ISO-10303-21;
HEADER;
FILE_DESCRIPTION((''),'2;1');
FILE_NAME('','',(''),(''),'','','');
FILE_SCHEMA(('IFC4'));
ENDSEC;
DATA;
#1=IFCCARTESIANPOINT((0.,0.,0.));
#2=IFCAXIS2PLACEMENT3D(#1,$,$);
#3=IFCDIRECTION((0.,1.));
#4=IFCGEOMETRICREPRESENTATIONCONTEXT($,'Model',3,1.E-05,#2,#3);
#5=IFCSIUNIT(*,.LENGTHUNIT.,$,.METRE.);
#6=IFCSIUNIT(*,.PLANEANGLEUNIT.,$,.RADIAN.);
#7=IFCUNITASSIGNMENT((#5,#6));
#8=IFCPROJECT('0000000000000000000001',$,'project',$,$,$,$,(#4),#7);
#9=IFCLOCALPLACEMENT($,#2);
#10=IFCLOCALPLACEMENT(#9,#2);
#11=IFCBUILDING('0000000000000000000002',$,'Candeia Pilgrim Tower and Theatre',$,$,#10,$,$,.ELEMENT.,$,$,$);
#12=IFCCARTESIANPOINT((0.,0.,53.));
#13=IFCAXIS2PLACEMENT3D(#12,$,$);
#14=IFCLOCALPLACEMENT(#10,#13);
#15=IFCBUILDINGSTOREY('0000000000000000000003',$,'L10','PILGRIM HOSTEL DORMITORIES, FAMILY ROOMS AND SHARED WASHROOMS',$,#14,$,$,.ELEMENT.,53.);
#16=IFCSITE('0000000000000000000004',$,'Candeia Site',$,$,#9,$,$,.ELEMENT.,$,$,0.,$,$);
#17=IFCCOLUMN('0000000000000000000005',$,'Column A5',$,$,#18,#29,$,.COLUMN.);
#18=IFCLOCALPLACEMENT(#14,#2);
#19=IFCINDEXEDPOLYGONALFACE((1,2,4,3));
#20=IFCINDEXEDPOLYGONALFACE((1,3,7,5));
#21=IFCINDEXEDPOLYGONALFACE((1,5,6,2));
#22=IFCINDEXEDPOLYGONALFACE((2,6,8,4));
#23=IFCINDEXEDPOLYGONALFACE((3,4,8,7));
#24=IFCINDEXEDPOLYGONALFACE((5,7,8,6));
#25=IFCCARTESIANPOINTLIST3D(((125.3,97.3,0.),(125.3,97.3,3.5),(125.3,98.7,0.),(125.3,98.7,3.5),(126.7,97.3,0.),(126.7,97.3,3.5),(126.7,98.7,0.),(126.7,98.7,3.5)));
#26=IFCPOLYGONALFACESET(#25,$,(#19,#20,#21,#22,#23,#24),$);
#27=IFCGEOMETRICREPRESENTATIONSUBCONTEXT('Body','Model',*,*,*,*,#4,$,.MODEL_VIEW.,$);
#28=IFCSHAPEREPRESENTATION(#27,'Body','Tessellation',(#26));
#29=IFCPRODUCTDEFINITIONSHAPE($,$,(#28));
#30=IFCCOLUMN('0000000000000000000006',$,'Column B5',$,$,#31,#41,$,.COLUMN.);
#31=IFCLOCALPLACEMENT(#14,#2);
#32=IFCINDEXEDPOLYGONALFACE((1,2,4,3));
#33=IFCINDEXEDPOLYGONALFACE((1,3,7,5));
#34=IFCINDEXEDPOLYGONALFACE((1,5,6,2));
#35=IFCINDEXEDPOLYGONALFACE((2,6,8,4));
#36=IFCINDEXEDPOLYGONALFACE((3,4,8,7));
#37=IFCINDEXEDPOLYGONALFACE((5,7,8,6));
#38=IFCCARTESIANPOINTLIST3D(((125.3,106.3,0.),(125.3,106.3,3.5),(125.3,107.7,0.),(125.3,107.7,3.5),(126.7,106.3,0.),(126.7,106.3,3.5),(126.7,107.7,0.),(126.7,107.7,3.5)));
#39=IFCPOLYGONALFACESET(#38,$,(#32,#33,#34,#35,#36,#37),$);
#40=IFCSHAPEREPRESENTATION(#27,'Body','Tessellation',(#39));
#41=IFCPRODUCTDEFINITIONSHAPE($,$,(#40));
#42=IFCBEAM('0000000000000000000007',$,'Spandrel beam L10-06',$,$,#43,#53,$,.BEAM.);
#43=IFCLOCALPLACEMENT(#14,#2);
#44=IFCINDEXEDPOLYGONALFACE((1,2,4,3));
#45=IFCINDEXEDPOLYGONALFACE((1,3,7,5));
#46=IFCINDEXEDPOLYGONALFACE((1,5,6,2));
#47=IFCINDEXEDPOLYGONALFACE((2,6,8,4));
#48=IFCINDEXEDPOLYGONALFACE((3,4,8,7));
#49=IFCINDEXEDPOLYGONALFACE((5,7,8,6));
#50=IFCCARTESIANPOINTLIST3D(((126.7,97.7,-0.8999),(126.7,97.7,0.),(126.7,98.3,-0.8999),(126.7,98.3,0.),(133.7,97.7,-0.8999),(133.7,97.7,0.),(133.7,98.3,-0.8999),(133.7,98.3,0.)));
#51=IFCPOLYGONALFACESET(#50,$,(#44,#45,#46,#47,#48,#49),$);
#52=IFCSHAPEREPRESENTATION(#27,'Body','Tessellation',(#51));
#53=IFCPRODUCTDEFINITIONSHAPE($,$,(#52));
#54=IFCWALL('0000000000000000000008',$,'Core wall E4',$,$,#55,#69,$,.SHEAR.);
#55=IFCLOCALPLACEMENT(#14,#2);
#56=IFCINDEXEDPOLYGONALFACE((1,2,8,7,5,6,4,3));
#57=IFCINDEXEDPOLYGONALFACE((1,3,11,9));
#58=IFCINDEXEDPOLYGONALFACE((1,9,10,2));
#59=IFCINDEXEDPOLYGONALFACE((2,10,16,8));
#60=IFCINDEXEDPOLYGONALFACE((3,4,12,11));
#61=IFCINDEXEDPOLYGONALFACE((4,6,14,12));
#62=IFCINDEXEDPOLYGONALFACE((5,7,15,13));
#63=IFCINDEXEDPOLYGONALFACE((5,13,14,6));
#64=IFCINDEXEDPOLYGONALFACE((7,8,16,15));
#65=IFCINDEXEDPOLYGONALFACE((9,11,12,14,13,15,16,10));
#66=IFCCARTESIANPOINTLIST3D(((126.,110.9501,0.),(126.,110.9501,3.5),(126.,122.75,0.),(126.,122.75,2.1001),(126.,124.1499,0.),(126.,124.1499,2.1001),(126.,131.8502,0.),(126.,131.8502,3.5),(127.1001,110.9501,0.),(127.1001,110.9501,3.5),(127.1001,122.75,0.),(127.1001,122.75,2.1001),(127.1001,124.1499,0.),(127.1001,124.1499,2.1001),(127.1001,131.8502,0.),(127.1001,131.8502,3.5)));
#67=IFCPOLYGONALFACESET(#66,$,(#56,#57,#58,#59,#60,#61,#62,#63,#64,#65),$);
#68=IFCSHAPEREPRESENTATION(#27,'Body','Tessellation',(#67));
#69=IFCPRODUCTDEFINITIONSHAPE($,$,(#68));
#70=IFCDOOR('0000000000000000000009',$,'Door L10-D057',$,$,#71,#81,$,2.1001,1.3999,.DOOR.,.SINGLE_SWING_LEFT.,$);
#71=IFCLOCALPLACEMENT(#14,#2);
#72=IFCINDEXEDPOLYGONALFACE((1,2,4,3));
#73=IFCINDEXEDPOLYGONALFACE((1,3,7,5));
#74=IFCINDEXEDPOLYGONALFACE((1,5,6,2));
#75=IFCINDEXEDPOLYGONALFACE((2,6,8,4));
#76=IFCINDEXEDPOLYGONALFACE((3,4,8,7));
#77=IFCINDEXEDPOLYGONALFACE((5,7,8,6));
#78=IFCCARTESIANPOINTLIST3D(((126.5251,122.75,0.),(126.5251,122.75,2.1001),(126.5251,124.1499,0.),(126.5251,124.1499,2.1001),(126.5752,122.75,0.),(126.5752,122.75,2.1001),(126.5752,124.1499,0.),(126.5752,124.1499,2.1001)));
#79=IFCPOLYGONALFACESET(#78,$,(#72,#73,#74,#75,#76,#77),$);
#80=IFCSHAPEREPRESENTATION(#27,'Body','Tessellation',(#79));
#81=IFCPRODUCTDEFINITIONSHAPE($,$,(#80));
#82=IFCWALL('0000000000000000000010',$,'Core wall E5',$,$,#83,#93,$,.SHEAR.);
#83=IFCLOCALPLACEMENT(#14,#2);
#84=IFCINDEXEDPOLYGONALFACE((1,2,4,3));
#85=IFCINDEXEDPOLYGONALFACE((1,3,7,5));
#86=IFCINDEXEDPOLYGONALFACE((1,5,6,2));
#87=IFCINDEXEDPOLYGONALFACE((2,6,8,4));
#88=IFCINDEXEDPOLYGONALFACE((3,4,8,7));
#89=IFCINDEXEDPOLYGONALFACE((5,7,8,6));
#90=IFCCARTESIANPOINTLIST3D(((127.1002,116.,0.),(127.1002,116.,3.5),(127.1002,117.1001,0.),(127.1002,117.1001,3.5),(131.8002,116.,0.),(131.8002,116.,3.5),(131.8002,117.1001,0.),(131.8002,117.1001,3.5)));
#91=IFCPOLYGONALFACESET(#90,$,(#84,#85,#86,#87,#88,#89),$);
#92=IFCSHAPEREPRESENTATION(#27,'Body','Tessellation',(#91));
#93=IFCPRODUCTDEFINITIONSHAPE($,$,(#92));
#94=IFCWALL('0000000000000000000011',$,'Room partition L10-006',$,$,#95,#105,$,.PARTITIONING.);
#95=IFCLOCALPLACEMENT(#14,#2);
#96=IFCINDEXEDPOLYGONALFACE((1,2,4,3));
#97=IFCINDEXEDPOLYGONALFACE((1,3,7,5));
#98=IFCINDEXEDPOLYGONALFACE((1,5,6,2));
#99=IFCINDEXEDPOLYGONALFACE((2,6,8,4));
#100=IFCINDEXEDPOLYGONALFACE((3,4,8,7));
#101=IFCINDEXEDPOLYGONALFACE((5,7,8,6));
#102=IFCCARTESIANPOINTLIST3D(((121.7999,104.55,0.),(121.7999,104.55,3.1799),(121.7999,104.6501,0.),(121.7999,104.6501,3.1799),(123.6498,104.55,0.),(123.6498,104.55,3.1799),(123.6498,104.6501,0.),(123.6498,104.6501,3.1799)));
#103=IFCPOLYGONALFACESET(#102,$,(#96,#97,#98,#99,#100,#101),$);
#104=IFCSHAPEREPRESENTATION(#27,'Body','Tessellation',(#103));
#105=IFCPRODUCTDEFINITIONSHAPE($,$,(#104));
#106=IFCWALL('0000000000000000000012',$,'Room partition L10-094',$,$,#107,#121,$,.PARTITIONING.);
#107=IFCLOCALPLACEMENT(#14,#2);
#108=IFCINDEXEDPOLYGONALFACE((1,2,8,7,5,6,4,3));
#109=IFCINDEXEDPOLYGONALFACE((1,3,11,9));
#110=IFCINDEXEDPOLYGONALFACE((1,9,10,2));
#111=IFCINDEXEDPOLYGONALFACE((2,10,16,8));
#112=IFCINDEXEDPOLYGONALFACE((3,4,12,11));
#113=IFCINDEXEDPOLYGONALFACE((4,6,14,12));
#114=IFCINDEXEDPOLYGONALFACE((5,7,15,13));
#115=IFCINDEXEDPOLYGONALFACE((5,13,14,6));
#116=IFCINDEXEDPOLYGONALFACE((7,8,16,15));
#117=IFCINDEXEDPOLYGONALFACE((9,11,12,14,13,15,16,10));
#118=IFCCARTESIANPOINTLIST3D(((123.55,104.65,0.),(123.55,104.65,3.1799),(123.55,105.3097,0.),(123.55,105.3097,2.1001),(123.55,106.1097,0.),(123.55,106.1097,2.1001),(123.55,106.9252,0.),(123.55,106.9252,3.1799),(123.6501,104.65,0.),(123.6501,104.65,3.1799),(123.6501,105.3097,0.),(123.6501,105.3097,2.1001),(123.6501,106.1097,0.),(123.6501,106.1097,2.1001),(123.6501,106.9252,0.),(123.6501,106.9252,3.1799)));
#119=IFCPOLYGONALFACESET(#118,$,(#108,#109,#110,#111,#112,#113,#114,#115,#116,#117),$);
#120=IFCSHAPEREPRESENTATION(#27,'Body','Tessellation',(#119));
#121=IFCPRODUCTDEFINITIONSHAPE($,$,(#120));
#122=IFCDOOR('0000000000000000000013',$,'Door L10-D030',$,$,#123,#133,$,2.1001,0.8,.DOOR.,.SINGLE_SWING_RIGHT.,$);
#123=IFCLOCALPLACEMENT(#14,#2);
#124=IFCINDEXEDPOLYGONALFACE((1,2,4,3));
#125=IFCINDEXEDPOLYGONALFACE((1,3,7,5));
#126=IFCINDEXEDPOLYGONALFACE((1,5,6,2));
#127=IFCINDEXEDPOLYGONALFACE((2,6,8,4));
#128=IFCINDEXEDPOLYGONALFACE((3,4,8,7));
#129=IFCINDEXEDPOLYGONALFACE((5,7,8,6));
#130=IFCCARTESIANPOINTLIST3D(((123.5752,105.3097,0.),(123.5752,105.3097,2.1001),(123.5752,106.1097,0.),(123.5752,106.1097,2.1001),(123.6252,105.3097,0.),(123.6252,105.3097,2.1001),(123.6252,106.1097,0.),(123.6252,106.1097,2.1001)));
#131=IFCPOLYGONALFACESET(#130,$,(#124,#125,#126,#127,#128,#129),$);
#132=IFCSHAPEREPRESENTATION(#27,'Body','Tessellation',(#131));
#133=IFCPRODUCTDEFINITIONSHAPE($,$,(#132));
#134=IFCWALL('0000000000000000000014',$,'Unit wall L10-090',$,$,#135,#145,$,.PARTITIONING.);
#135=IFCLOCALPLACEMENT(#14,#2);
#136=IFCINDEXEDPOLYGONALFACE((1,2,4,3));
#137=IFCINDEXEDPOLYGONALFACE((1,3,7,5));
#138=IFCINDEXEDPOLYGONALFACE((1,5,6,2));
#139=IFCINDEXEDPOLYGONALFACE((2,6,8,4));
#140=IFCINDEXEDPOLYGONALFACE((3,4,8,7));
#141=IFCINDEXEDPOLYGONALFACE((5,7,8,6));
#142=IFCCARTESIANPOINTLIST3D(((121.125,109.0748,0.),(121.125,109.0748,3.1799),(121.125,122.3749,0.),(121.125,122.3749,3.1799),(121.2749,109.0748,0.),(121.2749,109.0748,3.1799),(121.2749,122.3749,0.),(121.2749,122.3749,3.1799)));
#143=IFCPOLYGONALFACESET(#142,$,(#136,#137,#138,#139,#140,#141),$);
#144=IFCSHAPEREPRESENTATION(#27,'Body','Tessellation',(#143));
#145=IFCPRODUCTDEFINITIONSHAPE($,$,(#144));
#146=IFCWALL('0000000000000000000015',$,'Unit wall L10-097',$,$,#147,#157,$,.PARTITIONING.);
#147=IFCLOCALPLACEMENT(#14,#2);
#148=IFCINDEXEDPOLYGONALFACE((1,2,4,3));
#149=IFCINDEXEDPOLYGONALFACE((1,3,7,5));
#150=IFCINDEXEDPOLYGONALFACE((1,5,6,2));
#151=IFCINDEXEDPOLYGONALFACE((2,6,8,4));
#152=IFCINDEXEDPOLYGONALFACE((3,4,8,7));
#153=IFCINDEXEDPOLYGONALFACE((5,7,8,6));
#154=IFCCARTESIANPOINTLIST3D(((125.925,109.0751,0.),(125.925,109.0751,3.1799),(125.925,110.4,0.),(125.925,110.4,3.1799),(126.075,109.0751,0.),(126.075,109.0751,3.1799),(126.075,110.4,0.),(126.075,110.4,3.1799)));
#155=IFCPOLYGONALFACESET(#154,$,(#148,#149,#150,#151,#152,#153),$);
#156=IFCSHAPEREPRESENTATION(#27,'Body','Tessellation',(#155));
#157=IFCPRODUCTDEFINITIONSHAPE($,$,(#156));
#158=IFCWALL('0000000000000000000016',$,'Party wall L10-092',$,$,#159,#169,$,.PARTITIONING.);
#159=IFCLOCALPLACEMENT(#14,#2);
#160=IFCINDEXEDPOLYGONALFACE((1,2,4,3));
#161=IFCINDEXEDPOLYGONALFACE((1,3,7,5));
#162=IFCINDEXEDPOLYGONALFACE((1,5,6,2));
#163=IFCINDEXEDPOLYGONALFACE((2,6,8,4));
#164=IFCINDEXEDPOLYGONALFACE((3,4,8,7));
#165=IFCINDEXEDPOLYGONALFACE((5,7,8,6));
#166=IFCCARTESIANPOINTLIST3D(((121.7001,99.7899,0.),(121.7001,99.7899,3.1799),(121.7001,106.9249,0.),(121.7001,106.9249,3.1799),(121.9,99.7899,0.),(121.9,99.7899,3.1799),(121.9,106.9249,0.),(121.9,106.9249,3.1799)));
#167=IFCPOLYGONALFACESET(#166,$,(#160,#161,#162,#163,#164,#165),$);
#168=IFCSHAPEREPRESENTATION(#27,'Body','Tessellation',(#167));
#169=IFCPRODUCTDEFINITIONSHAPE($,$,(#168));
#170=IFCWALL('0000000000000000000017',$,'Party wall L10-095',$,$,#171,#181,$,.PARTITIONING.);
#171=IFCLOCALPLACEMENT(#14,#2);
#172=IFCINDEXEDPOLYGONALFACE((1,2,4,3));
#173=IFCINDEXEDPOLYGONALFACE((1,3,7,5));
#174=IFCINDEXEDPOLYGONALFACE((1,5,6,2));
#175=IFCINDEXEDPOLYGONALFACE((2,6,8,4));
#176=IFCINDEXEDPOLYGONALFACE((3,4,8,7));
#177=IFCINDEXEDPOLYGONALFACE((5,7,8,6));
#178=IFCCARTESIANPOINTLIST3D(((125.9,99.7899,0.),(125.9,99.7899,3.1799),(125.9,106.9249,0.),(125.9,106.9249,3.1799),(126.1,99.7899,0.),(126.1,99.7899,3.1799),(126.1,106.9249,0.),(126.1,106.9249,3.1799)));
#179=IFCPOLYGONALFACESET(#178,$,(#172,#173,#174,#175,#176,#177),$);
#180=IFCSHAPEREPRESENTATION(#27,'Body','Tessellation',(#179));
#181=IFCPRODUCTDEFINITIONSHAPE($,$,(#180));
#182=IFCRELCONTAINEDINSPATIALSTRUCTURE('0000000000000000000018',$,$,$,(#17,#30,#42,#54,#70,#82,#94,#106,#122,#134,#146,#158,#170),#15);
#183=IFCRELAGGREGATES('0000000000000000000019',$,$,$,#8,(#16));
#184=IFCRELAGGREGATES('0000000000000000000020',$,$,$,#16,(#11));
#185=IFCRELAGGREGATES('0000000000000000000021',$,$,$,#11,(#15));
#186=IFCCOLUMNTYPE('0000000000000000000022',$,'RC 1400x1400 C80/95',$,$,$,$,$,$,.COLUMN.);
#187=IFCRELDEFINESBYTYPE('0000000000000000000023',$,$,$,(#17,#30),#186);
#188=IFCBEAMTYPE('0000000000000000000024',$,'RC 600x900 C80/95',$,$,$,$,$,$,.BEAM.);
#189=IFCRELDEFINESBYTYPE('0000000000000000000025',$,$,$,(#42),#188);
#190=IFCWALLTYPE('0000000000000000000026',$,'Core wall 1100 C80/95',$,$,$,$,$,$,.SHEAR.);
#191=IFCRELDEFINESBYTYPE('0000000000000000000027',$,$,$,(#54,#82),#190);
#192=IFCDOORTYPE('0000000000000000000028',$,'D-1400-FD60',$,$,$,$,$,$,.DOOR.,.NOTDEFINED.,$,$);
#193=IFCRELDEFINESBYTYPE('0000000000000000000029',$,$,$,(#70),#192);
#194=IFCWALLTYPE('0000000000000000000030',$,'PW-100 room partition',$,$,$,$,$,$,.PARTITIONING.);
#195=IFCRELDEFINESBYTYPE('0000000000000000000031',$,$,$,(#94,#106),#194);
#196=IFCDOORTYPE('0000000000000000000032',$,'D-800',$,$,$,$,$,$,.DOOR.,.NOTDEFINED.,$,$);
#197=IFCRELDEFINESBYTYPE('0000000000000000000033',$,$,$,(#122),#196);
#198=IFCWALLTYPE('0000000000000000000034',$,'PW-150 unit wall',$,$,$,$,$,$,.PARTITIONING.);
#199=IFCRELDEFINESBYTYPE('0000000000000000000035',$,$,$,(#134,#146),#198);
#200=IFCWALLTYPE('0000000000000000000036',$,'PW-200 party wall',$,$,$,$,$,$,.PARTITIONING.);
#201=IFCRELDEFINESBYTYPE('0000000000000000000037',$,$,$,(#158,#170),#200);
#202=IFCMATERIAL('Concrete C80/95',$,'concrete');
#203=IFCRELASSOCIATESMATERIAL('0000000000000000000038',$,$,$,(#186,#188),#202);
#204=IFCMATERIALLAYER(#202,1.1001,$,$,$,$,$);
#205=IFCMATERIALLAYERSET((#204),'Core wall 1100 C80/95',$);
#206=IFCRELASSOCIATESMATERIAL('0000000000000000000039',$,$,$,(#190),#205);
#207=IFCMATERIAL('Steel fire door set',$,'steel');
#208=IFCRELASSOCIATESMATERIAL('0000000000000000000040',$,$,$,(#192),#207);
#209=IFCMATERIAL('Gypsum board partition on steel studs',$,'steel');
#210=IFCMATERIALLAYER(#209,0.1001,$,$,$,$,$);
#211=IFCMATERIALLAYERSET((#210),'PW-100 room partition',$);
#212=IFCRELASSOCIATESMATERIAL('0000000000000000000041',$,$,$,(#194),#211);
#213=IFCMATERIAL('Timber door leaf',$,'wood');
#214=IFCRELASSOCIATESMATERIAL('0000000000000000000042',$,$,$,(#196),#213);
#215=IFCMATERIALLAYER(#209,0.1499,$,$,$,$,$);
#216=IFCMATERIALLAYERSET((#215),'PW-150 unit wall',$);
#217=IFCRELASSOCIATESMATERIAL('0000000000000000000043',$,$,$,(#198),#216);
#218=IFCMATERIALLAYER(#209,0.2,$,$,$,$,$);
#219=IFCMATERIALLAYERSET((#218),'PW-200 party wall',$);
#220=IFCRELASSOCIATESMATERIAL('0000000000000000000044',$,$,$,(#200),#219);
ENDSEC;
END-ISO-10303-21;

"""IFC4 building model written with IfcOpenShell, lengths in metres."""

from ifc_helpers import new_model, si_unit, direction, frame, frame_2d, origin, origin_2d, place, context, subcontext, project, spatial, rectangle, extrude, material, layer, layer_set, material_profile, profile_set, type_object, element, fill, save


model = new_model("IFC4")

# Units and contexts
model_context = context("Model", 3, precision=1e-05, world=origin(), true_north=direction((0.0, 1.0)))
body_context = subcontext(model_context, "Body", "Model", "MODEL_VIEW")
ifc_project = project(units=[si_unit("LENGTHUNIT", "METRE"), si_unit("PLANEANGLEUNIT", "RADIAN")], contexts=[model_context])

# Site, building, storey
site_placement = place(None, origin())
site = spatial("IfcSite", under=ifc_project, at=site_placement, Name="Candeia Site", CompositionType="ELEMENT", RefElevation=0.0)
building_placement = place(site_placement, origin())
building = spatial("IfcBuilding", under=site, at=building_placement, Name="Candeia Pilgrim Tower and Theatre", CompositionType="ELEMENT")
storey_placement = place(building_placement, frame((0.0, 0.0, 53.0)))
storey = spatial("IfcBuildingStorey", under=building, at=storey_placement, Name="L10", Description="PILGRIM HOSTEL DORMITORIES, FAMILY ROOMS AND SHARED WASHROOMS", CompositionType="ELEMENT", Elevation=53.0)

# Columns
ifc_material_1 = material(Name="Concrete C80/95", Category="concrete")
ifc_material_profile_1 = material_profile(ifc_material_1, rectangle(XDim=1.3999, YDim=1.3999, at=origin_2d()))
ifc_profile_set_1 = profile_set([ifc_material_profile_1], Name="Concrete C80/95")
column_type = type_object("IfcColumnType", Name="RC 1400x1400 C80/95", PredefinedType="COLUMN", material=ifc_profile_set_1)
for number, where, z_axis, x_axis, name in (
    (1, (126.0, 98.0, 0.0), (0.0, 0.0, 1.0), (1.0, 0.0, 0.0), "Column A5"),
    (2, (126.0, 107.0, 0.0), (0.0, 0.0, 1.0), (1.0, 0.0, 0.0), "Column B5"),
):
    element("IfcColumn", number, at=place(storey_placement, frame(where, z_axis=z_axis, x_axis=x_axis)), inside=storey, type_object=column_type, Name=name, PredefinedType="COLUMN", context=body_context, shape_type="SweptSolid", body=[
        extrude(rectangle(XDim=1.3999, YDim=1.3999, at=origin_2d()), origin(), (0.0, 0.0, 1.0), 3.5),
    ])

# Beam
ifc_material_profile_2 = material_profile(ifc_material_1, rectangle(XDim=0.6001, YDim=0.8999, at=origin_2d()))
ifc_profile_set_2 = profile_set([ifc_material_profile_2], Name="Concrete C80/95")
beam_type = type_object("IfcBeamType", Name="RC 600x900 C80/95", PredefinedType="BEAM", material=ifc_profile_set_2)
beam_placement = place(storey_placement, frame((126.7, 98.0, -0.45), z_axis=(1.0, 0.0, 0.0), x_axis=(0.0, 1.0, 0.0)))
element("IfcBeam", 3, at=beam_placement, inside=storey, type_object=beam_type, Name="Spandrel beam L10-06", PredefinedType="BEAM", context=body_context, shape_type="SweptSolid", body=[
    extrude(rectangle(XDim=0.6001, YDim=0.8999, at=origin_2d()), origin(), (0.0, 0.0, 1.0), 7.0),
])

# Wall, opening, door
ifc_layer_1 = layer(ifc_material_1, 1.1001)
ifc_layer_set_1 = layer_set([ifc_layer_1], Name="Core wall 1100 C80/95")
wall_type_1 = type_object("IfcWallType", Name="Core wall 1100 C80/95", PredefinedType="SHEAR", material=ifc_layer_set_1)
wall_1_placement = place(storey_placement, frame((126.55, 110.95, 0.0), z_axis=(0.0, 0.0, 1.0), x_axis=(0.0, 1.0, 0.0)))
wall_1 = element("IfcWall", 4, at=wall_1_placement, inside=storey, type_object=wall_type_1, Name="Core wall E4", PredefinedType="SHEAR", context=body_context, shape_type="SweptSolid", body=[
    extrude(rectangle(XDim=20.9001, YDim=1.1001, at=frame_2d((10.4502, 0.0))), origin(), (0.0, 0.0, 1.0), 3.5),
])
opening_1_placement = place(wall_1_placement, frame((11.8, 0.0, 0.0)))
opening_1 = element("IfcOpeningElement", 5, at=opening_1_placement, cuts=wall_1, PredefinedType="OPENING", context=body_context, shape_type="SweptSolid", body=[
    extrude(rectangle(XDim=1.3999, YDim=2.1001, at=frame_2d((0.7, 1.05))), frame((0.0, 0.5601, 0.0), z_axis=(0.0, -1.0, 0.0), x_axis=(1.0, 0.0, 0.0)), (0.0, 0.0, 1.0), 1.1201),
])
ifc_material_2 = material(Name="Steel fire door set", Category="steel")
door_type_1 = type_object("IfcDoorType", Name="D-1400-FD60", OperationType="NOTDEFINED", PredefinedType="DOOR", material=ifc_material_2)
door_1_placement = place(opening_1_placement, origin())
door_1 = element("IfcDoor", 6, at=door_1_placement, inside=storey, type_object=door_type_1, Name="Door L10-D057", OperationType="SINGLE_SWING_LEFT", OverallHeight=2.1001, OverallWidth=1.3999, PredefinedType="DOOR", context=body_context, shape_type="SweptSolid", body=[
    extrude(rectangle(XDim=1.3999, YDim=2.1001, at=frame_2d((0.7, 1.05))), frame((0.0, 0.0249, 0.0), z_axis=(0.0, -1.0, 0.0), x_axis=(1.0, 0.0, 0.0)), (0.0, 0.0, 1.0), 0.05),
])
fill(opening_1, door_1)

# Walls
wall_2_placement = place(storey_placement, frame((127.1001, 116.55, 0.0), z_axis=(0.0, 0.0, 1.0), x_axis=(1.0, 0.0, 0.0)))
element("IfcWall", 7, at=wall_2_placement, inside=storey, type_object=wall_type_1, Name="Core wall E5", PredefinedType="SHEAR", context=body_context, shape_type="SweptSolid", body=[
    extrude(rectangle(XDim=4.7, YDim=1.1001, at=frame_2d((2.3501, 0.0))), origin(), (0.0, 0.0, 1.0), 3.5),
])
ifc_material_3 = material(Name="Gypsum board partition on steel studs", Category="steel")
ifc_layer_2 = layer(ifc_material_3, 0.1001)
ifc_layer_set_2 = layer_set([ifc_layer_2], Name="PW-100 room partition")
wall_type_2 = type_object("IfcWallType", Name="PW-100 room partition", PredefinedType="PARTITIONING", material=ifc_layer_set_2)
wall_3_placement = place(storey_placement, frame((121.8, 104.6001, 0.0), z_axis=(0.0, 0.0, 1.0), x_axis=(1.0, 0.0, 0.0)))
element("IfcWall", 8, at=wall_3_placement, inside=storey, type_object=wall_type_2, Name="Room partition L10-006", PredefinedType="PARTITIONING", context=body_context, shape_type="SweptSolid", body=[
    extrude(rectangle(XDim=1.8499, YDim=0.1001, at=frame_2d((0.9248, 0.0))), origin(), (0.0, 0.0, 1.0), 3.1799),
])

# Wall, opening, door
wall_4_placement = place(storey_placement, frame((123.6001, 104.6499, 0.0), z_axis=(0.0, 0.0, 1.0), x_axis=(0.0, 1.0, 0.0)))
wall_4 = element("IfcWall", 9, at=wall_4_placement, inside=storey, type_object=wall_type_2, Name="Room partition L10-094", PredefinedType="PARTITIONING", context=body_context, shape_type="SweptSolid", body=[
    extrude(rectangle(XDim=2.2751, YDim=0.1001, at=frame_2d((1.1377, 0.0))), origin(), (0.0, 0.0, 1.0), 3.1799),
])
opening_2_placement = place(wall_4_placement, frame((0.6599, 0.0, 0.0)))
opening_2 = element("IfcOpeningElement", 10, at=opening_2_placement, cuts=wall_4, PredefinedType="OPENING", context=body_context, shape_type="SweptSolid", body=[
    extrude(rectangle(XDim=0.8, YDim=2.1001, at=frame_2d((0.3999, 1.05))), frame((0.0, 0.0601, 0.0), z_axis=(0.0, -1.0, 0.0), x_axis=(1.0, 0.0, 0.0)), (0.0, 0.0, 1.0), 0.1201),
])
ifc_material_4 = material(Name="Timber door leaf", Category="wood")
door_type_2 = type_object("IfcDoorType", Name="D-800", OperationType="NOTDEFINED", PredefinedType="DOOR", material=ifc_material_4)
door_2_placement = place(opening_2_placement, origin())
door_2 = element("IfcDoor", 11, at=door_2_placement, inside=storey, type_object=door_type_2, Name="Door L10-D030", OperationType="SINGLE_SWING_RIGHT", OverallHeight=2.1001, OverallWidth=0.8, PredefinedType="DOOR", context=body_context, shape_type="SweptSolid", body=[
    extrude(rectangle(XDim=0.8, YDim=2.1001, at=frame_2d((0.3999, 1.05))), frame((0.0, 0.0249, 0.0), z_axis=(0.0, -1.0, 0.0), x_axis=(1.0, 0.0, 0.0)), (0.0, 0.0, 1.0), 0.05),
])
fill(opening_2, door_2)

# Walls
ifc_layer_3 = layer(ifc_material_3, 0.1499)
ifc_layer_set_3 = layer_set([ifc_layer_3], Name="PW-150 unit wall")
wall_type_3 = type_object("IfcWallType", Name="PW-150 unit wall", PredefinedType="PARTITIONING", material=ifc_layer_set_3)
wall_5_placement = place(storey_placement, frame((121.2, 109.075, 0.0), z_axis=(0.0, 0.0, 1.0), x_axis=(0.0, 1.0, 0.0)))
element("IfcWall", 12, at=wall_5_placement, inside=storey, type_object=wall_type_3, Name="Unit wall L10-090", PredefinedType="PARTITIONING", context=body_context, shape_type="SweptSolid", body=[
    extrude(rectangle(XDim=13.3, YDim=0.1499, at=frame_2d((6.6499, 0.0))), origin(), (0.0, 0.0, 1.0), 3.1799),
])
wall_6_placement = place(storey_placement, frame((126.0, 109.075, 0.0), z_axis=(0.0, 0.0, 1.0), x_axis=(0.0, 1.0, 0.0)))
element("IfcWall", 13, at=wall_6_placement, inside=storey, type_object=wall_type_3, Name="Unit wall L10-097", PredefinedType="PARTITIONING", context=body_context, shape_type="SweptSolid", body=[
    extrude(rectangle(XDim=1.325, YDim=0.1499, at=frame_2d((0.6626, 0.0))), origin(), (0.0, 0.0, 1.0), 3.1799),
])
ifc_layer_4 = layer(ifc_material_3, 0.2)
ifc_layer_set_4 = layer_set([ifc_layer_4], Name="PW-200 party wall")
wall_type_4 = type_object("IfcWallType", Name="PW-200 party wall", PredefinedType="PARTITIONING", material=ifc_layer_set_4)
for number, where, z_axis, x_axis, name in (
    (14, (121.8, 99.79, 0.0), (0.0, 0.0, 1.0), (0.0, 1.0, 0.0), "Party wall L10-092"),
    (15, (126.0, 99.79, 0.0), (0.0, 0.0, 1.0), (0.0, 1.0, 0.0), "Party wall L10-095"),
):
    element("IfcWall", number, at=place(storey_placement, frame(where, z_axis=z_axis, x_axis=x_axis)), inside=storey, type_object=wall_type_4, Name=name, PredefinedType="PARTITIONING", context=body_context, shape_type="SweptSolid", body=[
        extrude(rectangle(XDim=7.135, YDim=0.2, at=frame_2d((3.5674, 0.0))), origin(), (0.0, 0.0, 1.0), 3.1799),
    ])

save(model, "model.ifc")
